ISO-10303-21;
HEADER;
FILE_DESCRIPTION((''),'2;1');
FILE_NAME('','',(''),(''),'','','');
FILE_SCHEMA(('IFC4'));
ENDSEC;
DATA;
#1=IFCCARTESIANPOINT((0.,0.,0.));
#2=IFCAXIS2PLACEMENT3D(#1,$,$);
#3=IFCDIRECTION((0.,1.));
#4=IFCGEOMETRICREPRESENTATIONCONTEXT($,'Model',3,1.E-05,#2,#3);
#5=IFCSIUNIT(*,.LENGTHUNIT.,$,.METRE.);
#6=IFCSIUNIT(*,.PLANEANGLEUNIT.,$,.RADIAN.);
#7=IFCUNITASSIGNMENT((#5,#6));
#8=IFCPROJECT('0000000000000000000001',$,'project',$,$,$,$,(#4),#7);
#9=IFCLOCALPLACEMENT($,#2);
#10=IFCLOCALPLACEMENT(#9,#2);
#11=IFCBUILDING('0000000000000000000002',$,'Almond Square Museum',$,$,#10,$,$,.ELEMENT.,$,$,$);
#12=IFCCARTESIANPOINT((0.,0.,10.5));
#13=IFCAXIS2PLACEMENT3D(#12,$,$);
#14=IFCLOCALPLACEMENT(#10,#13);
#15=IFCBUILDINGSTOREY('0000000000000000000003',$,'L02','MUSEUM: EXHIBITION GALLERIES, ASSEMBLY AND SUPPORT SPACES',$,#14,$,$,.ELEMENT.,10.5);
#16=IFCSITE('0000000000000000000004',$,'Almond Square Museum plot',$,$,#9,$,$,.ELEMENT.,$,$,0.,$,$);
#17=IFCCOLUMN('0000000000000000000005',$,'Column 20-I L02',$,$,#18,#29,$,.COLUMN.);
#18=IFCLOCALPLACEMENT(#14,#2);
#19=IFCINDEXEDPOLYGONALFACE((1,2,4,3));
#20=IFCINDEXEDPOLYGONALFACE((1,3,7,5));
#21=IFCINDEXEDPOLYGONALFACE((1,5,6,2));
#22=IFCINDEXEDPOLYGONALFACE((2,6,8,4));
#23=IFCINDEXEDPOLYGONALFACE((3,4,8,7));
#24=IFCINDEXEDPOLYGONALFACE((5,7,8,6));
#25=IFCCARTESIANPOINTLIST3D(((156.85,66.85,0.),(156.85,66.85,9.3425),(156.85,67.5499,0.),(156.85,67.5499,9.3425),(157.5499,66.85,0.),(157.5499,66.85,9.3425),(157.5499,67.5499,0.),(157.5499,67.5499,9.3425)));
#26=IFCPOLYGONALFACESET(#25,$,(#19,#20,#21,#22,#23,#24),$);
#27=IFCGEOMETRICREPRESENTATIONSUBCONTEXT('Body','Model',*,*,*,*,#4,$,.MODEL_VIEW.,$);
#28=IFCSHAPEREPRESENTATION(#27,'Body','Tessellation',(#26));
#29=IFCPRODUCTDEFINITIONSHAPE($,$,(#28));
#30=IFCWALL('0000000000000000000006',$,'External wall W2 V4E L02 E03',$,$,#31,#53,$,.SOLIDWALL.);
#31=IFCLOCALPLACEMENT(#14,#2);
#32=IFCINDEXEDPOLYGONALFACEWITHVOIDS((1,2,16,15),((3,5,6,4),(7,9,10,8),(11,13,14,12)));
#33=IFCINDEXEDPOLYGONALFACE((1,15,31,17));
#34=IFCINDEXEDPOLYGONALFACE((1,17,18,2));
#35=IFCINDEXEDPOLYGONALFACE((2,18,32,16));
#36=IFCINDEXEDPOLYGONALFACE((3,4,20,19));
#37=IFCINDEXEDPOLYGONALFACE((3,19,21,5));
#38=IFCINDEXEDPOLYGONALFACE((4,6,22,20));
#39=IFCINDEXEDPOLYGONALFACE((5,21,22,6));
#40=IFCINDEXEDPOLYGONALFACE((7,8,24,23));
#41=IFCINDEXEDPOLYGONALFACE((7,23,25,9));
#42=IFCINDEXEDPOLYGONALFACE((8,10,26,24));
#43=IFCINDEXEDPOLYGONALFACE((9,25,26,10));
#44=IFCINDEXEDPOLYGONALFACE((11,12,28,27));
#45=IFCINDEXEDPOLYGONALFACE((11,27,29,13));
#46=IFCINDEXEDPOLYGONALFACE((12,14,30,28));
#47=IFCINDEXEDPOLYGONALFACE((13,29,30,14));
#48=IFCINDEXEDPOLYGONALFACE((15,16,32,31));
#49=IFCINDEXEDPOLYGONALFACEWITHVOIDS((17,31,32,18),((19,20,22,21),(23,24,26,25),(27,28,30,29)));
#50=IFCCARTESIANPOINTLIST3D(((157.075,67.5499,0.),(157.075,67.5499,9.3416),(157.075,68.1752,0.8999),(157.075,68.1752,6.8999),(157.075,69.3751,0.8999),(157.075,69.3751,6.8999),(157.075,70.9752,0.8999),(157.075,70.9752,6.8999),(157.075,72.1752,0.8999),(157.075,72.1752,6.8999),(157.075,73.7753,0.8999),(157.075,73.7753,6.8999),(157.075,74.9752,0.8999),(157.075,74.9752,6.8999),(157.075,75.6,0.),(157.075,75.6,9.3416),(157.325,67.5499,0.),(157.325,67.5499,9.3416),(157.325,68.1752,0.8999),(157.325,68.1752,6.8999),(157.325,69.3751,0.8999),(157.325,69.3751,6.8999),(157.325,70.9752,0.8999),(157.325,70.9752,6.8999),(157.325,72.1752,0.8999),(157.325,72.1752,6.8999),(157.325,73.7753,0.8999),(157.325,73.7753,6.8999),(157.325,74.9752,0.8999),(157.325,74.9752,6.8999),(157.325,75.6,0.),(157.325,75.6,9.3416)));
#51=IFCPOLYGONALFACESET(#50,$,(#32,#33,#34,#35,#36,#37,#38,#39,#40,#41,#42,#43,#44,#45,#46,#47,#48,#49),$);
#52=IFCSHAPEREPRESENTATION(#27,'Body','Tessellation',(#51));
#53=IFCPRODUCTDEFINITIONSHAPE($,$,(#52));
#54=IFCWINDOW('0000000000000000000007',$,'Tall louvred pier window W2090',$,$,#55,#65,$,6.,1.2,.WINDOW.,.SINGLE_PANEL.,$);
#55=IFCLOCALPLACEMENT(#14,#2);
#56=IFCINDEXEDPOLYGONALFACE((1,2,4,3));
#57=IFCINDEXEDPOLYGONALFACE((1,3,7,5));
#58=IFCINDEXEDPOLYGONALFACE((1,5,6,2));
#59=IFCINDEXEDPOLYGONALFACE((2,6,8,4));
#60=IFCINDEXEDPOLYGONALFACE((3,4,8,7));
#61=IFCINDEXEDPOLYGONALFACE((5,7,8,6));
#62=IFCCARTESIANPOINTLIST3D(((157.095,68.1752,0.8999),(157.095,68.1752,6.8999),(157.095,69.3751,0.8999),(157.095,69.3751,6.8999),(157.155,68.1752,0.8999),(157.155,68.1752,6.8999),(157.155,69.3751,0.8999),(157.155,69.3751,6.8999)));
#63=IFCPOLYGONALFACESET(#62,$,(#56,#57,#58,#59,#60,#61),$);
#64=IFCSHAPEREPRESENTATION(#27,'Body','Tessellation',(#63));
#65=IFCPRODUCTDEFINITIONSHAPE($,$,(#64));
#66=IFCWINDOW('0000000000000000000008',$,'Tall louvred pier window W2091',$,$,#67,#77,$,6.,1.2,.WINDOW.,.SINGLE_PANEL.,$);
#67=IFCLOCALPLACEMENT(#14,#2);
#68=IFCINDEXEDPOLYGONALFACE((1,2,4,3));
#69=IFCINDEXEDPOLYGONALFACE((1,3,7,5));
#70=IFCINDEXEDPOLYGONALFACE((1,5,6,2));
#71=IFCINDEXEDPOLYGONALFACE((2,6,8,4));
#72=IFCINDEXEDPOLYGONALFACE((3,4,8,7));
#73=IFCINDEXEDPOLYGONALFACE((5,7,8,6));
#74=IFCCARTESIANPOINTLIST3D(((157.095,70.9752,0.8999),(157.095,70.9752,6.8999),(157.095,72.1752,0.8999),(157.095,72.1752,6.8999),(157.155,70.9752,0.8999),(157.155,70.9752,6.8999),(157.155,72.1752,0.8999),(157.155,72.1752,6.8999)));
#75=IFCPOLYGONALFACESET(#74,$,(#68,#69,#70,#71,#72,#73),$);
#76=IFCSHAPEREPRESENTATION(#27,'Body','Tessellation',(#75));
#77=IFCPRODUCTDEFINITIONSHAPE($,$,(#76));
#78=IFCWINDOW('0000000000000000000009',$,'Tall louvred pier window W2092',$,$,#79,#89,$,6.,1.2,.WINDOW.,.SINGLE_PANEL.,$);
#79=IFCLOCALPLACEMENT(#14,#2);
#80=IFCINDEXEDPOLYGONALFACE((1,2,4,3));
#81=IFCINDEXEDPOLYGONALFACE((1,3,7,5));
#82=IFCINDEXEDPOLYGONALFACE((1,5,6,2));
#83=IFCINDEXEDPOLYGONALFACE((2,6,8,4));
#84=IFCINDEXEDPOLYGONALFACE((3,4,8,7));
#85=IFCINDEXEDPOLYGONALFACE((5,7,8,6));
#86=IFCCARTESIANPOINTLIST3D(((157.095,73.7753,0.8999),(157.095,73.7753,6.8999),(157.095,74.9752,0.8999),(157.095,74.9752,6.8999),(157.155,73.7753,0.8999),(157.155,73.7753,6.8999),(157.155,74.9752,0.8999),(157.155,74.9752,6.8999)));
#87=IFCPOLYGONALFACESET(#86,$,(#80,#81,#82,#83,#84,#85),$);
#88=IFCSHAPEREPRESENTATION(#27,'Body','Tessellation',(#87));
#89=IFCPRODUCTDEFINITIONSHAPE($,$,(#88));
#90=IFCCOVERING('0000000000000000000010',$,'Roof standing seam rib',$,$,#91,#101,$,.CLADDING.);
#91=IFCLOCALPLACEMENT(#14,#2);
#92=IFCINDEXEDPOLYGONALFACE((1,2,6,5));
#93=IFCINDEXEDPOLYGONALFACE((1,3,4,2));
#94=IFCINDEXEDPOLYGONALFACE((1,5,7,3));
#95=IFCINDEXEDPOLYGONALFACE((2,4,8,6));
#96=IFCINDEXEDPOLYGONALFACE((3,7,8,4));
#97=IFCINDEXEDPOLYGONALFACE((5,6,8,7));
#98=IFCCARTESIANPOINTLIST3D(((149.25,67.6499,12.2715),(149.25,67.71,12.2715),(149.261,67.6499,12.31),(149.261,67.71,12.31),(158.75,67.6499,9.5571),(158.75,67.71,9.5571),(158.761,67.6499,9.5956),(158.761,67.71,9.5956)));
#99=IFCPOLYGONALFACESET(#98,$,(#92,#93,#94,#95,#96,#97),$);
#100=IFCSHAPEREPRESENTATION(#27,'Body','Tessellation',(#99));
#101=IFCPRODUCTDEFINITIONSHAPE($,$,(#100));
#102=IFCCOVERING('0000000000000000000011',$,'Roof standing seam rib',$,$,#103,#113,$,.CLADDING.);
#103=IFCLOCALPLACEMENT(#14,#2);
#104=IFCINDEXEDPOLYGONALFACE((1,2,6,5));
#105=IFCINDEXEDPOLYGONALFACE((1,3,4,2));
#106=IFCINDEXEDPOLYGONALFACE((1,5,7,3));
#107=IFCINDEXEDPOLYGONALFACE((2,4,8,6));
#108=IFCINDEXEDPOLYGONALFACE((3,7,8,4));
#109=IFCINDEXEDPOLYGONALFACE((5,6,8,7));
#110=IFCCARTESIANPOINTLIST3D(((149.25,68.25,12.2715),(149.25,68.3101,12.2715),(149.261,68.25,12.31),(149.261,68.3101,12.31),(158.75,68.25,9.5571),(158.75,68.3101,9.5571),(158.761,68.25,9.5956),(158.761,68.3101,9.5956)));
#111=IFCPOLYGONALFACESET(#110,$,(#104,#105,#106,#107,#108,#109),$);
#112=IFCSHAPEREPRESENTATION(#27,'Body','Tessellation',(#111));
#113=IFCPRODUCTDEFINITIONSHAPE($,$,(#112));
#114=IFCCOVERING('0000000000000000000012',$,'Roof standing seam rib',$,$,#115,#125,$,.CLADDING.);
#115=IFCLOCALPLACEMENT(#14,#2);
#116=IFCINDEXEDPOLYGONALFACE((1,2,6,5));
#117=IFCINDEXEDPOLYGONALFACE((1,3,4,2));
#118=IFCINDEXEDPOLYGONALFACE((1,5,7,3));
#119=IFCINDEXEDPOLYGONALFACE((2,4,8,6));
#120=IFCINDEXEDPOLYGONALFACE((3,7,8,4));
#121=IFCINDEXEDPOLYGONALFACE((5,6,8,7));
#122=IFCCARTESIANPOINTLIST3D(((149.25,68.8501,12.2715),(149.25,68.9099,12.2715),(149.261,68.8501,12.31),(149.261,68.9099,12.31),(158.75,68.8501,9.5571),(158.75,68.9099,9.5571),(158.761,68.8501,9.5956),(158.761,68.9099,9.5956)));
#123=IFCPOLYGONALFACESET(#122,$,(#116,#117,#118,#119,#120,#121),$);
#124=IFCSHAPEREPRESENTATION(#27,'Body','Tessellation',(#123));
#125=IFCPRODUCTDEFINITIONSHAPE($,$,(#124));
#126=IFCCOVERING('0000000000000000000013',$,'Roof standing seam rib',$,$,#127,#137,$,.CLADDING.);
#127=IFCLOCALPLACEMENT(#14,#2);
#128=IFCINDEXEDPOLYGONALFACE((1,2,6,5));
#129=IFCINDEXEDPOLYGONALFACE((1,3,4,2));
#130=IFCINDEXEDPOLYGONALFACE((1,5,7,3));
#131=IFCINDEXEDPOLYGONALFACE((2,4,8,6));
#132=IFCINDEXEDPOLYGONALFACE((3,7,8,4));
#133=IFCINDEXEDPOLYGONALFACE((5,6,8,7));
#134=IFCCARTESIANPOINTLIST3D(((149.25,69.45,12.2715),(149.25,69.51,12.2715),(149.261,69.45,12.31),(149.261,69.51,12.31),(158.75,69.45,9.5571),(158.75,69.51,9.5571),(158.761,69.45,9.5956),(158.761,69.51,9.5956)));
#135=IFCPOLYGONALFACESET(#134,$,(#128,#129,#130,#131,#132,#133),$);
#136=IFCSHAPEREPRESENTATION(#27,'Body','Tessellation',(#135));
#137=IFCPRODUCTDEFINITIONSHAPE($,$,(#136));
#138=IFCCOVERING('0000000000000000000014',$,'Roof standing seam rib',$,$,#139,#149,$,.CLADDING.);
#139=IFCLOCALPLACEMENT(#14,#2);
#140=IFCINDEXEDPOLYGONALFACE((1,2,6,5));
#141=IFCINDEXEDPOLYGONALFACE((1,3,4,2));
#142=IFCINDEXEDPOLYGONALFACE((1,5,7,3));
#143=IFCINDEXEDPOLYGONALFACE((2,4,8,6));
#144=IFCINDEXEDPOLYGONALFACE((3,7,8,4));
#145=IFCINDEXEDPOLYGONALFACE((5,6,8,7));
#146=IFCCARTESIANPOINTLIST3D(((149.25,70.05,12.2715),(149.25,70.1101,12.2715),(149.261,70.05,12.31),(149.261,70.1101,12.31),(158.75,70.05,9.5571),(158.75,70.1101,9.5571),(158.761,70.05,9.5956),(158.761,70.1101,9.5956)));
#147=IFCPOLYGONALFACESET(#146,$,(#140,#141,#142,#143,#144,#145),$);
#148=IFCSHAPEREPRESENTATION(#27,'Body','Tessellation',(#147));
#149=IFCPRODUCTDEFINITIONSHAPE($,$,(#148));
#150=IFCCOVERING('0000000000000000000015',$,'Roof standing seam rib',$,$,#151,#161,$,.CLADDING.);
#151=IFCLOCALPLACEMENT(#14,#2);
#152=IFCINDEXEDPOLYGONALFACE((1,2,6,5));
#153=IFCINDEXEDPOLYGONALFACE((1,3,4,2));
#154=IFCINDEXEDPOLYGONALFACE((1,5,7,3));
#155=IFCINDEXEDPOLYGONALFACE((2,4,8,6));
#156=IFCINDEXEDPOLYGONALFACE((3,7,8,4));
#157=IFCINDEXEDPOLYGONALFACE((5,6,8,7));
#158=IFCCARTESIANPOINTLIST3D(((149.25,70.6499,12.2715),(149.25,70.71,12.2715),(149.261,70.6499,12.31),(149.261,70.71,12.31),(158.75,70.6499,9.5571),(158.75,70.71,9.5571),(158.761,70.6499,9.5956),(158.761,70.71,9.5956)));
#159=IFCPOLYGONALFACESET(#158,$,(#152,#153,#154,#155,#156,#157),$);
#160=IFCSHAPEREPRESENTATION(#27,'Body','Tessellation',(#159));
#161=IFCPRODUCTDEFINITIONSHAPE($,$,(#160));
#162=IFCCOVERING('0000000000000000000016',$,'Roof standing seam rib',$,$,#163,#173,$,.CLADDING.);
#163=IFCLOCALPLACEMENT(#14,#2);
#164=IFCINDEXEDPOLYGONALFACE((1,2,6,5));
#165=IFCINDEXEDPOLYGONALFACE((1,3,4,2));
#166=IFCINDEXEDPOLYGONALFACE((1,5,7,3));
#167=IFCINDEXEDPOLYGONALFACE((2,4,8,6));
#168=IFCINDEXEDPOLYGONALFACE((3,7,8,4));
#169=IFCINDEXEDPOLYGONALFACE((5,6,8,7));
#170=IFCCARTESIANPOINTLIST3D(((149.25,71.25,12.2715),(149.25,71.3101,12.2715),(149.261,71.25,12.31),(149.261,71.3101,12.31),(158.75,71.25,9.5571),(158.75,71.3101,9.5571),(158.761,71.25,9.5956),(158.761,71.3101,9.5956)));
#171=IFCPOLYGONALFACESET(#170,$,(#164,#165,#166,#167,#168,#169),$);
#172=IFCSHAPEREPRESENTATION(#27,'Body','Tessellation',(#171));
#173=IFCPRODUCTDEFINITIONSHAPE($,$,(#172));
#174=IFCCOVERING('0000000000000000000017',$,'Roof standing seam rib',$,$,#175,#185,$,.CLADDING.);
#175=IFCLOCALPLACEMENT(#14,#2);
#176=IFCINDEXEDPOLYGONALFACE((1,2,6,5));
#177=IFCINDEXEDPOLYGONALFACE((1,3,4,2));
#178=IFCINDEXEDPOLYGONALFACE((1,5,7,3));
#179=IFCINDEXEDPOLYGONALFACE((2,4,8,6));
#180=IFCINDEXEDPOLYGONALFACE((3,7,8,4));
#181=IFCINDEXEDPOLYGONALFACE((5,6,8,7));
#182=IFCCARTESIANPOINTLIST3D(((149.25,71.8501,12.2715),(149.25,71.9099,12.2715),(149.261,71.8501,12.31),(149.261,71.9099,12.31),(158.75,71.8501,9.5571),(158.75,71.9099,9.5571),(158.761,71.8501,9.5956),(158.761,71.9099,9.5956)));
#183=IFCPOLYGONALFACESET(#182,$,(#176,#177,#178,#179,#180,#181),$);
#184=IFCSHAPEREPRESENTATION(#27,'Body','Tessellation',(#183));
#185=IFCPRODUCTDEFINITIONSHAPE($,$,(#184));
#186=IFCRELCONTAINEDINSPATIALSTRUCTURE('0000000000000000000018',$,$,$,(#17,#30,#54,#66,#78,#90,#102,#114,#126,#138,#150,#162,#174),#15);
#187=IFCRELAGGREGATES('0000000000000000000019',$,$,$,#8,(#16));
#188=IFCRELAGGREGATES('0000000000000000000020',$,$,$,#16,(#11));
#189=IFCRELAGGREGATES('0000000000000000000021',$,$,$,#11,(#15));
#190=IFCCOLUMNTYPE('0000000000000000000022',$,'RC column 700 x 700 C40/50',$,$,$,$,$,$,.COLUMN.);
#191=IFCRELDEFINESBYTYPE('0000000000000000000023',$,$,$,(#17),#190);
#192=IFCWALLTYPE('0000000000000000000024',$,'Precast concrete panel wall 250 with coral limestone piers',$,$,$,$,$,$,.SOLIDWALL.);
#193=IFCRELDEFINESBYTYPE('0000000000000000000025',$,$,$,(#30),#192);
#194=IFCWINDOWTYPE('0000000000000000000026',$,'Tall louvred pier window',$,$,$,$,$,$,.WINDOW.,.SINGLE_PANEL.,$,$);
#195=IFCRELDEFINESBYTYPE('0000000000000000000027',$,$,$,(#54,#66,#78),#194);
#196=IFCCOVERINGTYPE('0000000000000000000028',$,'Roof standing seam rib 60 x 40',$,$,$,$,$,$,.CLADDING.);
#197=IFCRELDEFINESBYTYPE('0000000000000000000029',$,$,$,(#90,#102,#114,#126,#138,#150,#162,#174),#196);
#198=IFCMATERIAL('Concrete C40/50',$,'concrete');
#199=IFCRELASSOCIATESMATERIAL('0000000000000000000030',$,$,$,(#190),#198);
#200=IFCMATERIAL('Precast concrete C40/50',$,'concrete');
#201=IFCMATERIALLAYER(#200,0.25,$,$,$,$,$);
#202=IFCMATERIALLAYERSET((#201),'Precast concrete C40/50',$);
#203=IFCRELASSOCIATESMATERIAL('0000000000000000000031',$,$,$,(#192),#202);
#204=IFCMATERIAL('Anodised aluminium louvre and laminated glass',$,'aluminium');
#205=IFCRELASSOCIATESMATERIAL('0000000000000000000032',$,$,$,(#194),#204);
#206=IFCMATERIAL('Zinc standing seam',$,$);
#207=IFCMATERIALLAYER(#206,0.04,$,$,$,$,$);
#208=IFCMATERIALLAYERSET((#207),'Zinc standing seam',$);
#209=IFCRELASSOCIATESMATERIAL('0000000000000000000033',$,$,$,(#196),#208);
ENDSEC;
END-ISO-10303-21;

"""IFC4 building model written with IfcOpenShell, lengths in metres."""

from ifc_helpers import new_model, si_unit, direction, frame, frame_2d, origin, origin_2d, place, context, subcontext, project, spatial, polyline, rectangle, outline, extrude, material, layer, layer_set, material_profile, profile_set, type_object, element, fill, save


model = new_model("IFC4")

# Units and contexts
model_context = context("Model", 3, precision=1e-05, world=origin(), true_north=direction((0.0, 1.0)))
body_context = subcontext(model_context, "Body", "Model", "MODEL_VIEW")
ifc_project = project(units=[si_unit("LENGTHUNIT", "METRE"), si_unit("PLANEANGLEUNIT", "RADIAN")], contexts=[model_context])

# Site, building, storey
site_placement = place(None, origin())
site = spatial("IfcSite", under=ifc_project, at=site_placement, Name="Almond Square Museum plot", CompositionType="ELEMENT", RefElevation=0.0)
building_placement = place(site_placement, origin())
building = spatial("IfcBuilding", under=site, at=building_placement, Name="Almond Square Museum", CompositionType="ELEMENT")
storey_placement = place(building_placement, frame((0.0, 0.0, 10.5)))
storey = spatial("IfcBuildingStorey", under=building, at=storey_placement, Name="L02", Description="MUSEUM: EXHIBITION GALLERIES, ASSEMBLY AND SUPPORT SPACES", CompositionType="ELEMENT", Elevation=10.5)

# Column
ifc_material_1 = material(Name="Concrete C40/50", Category="concrete")
ifc_material_profile_1 = material_profile(ifc_material_1, rectangle(XDim=0.7, YDim=0.7, at=origin_2d()))
ifc_profile_set_1 = profile_set([ifc_material_profile_1], Name="Concrete C40/50")
column_type = type_object("IfcColumnType", Name="RC column 700 x 700 C40/50", PredefinedType="COLUMN", material=ifc_profile_set_1)
column_placement = place(storey_placement, frame((157.2, 67.2, 0.0), z_axis=(0.0, 0.0, 1.0), x_axis=(1.0, 0.0, 0.0)))
element("IfcColumn", 1, at=column_placement, inside=storey, type_object=column_type, Name="Column 20-I L02", PredefinedType="COLUMN", context=body_context, shape_type="SweptSolid", body=[
    extrude(rectangle(XDim=0.7, YDim=0.7, at=origin_2d()), origin(), (0.0, 0.0, 1.0), 9.3425),
])

# Wall, openings, windows
ifc_material_2 = material(Name="Precast concrete C40/50", Category="concrete")
ifc_layer_1 = layer(ifc_material_2, 0.25)
ifc_layer_set_1 = layer_set([ifc_layer_1], Name="Precast concrete C40/50")
wall_type = type_object("IfcWallType", Name="Precast concrete panel wall 250 with coral limestone piers", PredefinedType="SOLIDWALL", material=ifc_layer_set_1)
wall_placement = place(storey_placement, frame((157.2, 67.55, 0.0), z_axis=(0.0, 0.0, 1.0), x_axis=(0.0, 1.0, 0.0)))
wall = element("IfcWall", 2, at=wall_placement, inside=storey, type_object=wall_type, Name="External wall W2 V4E L02 E03", PredefinedType="SOLIDWALL", context=body_context, shape_type="SweptSolid", body=[
    extrude(rectangle(XDim=8.05, YDim=0.25, at=frame_2d((4.0249, 0.0))), origin(), (0.0, 0.0, 1.0), 9.3416),
])
opening_1_placement = place(wall_placement, frame((0.625, 0.0, 0.8999)))
opening_1 = element("IfcOpeningElement", 3, at=opening_1_placement, cuts=wall, PredefinedType="OPENING", context=body_context, shape_type="SweptSolid", body=[
    extrude(rectangle(XDim=1.2, YDim=6.0, at=frame_2d((0.6001, 3.0))), frame((0.0, 0.135, 0.0), z_axis=(0.0, -1.0, 0.0), x_axis=(1.0, 0.0, 0.0)), (0.0, 0.0, 1.0), 0.27),
])
opening_2_placement = place(wall_placement, frame((3.425, 0.0, 0.8999)))
opening_2 = element("IfcOpeningElement", 4, at=opening_2_placement, cuts=wall, PredefinedType="OPENING", context=body_context, shape_type="SweptSolid", body=[
    extrude(rectangle(XDim=1.2, YDim=6.0, at=frame_2d((0.6001, 3.0))), frame((0.0, 0.135, 0.0), z_axis=(0.0, -1.0, 0.0), x_axis=(1.0, 0.0, 0.0)), (0.0, 0.0, 1.0), 0.27),
])
opening_3_placement = place(wall_placement, frame((6.2251, 0.0, 0.8999)))
opening_3 = element("IfcOpeningElement", 5, at=opening_3_placement, cuts=wall, PredefinedType="OPENING", context=body_context, shape_type="SweptSolid", body=[
    extrude(rectangle(XDim=1.2, YDim=6.0, at=frame_2d((0.6001, 3.0))), frame((0.0, 0.135, 0.0), z_axis=(0.0, -1.0, 0.0), x_axis=(1.0, 0.0, 0.0)), (0.0, 0.0, 1.0), 0.27),
])
ifc_material_3 = material(Name="Anodised aluminium louvre and laminated glass", Category="aluminium")
window_type = type_object("IfcWindowType", Name="Tall louvred pier window", PartitioningType="SINGLE_PANEL", PredefinedType="WINDOW", material=ifc_material_3)
window_1_placement = place(opening_1_placement, origin())
window_1 = element("IfcWindow", 6, at=window_1_placement, inside=storey, type_object=window_type, Name="Tall louvred pier window W2090", OverallHeight=6.0, OverallWidth=1.2, PartitioningType="SINGLE_PANEL", PredefinedType="WINDOW", context=body_context, shape_type="SweptSolid", body=[
    extrude(rectangle(XDim=1.2, YDim=6.0, at=frame_2d((0.6001, 3.0))), frame((0.0, 0.105, 0.0), z_axis=(0.0, -1.0, 0.0), x_axis=(1.0, 0.0, 0.0)), (0.0, 0.0, 1.0), 0.0601),
])
fill(opening_1, window_1)
window_2_placement = place(opening_2_placement, origin())
window_2 = element("IfcWindow", 7, at=window_2_placement, inside=storey, type_object=window_type, Name="Tall louvred pier window W2091", OverallHeight=6.0, OverallWidth=1.2, PartitioningType="SINGLE_PANEL", PredefinedType="WINDOW", context=body_context, shape_type="SweptSolid", body=[
    extrude(rectangle(XDim=1.2, YDim=6.0, at=frame_2d((0.6001, 3.0))), frame((0.0, 0.105, 0.0), z_axis=(0.0, -1.0, 0.0), x_axis=(1.0, 0.0, 0.0)), (0.0, 0.0, 1.0), 0.0601),
])
fill(opening_2, window_2)
window_3_placement = place(opening_3_placement, origin())
window_3 = element("IfcWindow", 8, at=window_3_placement, inside=storey, type_object=window_type, Name="Tall louvred pier window W2092", OverallHeight=6.0, OverallWidth=1.2, PartitioningType="SINGLE_PANEL", PredefinedType="WINDOW", context=body_context, shape_type="SweptSolid", body=[
    extrude(rectangle(XDim=1.2, YDim=6.0, at=frame_2d((0.6001, 3.0))), frame((0.0, 0.105, 0.0), z_axis=(0.0, -1.0, 0.0), x_axis=(1.0, 0.0, 0.0)), (0.0, 0.0, 1.0), 0.0601),
])
fill(opening_3, window_3)

# Coverings
ifc_material_4 = material(Name="Zinc standing seam")
ifc_layer_2 = layer(ifc_material_4, 0.04)
ifc_layer_set_2 = layer_set([ifc_layer_2], Name="Zinc standing seam")
covering_type = type_object("IfcCoveringType", Name="Roof standing seam rib 60 x 40", PredefinedType="CLADDING", material=ifc_layer_set_2)
for number, where, z_axis, x_axis, name in (
    (9, (158.75, 67.71, 9.5571), (0.274728, 0.0, 0.961522), (-0.961522, 0.0, 0.274728), "Roof standing seam rib"),
    (10, (158.75, 68.3101, 9.5571), (0.274728, 0.0, 0.961522), (-0.961522, 0.0, 0.274728), "Roof standing seam rib"),
):
    element("IfcCovering", number, at=place(storey_placement, frame(where, z_axis=z_axis, x_axis=x_axis)), inside=storey, type_object=covering_type, Name=name, PredefinedType="CLADDING", context=body_context, shape_type="SweptSolid", body=[
        extrude(outline(polyline([(0.0, 0.0), (9.8802, 0.0), (9.8802, 0.0601), (0.0, 0.0601), (0.0, 0.0)])), origin(), (0.0, 0.0, 1.0), 0.04),
    ])
covering_1_placement = place(storey_placement, frame((158.75, 68.9099, 9.5571), z_axis=(0.274728, 0.0, 0.961522), x_axis=(-0.961522, 0.0, 0.274728)))
element("IfcCovering", 11, at=covering_1_placement, inside=storey, type_object=covering_type, Name="Roof standing seam rib", PredefinedType="CLADDING", context=body_context, shape_type="SweptSolid", body=[
    extrude(outline(polyline([(0.0, 0.0), (9.8802, 0.0), (9.8802, 0.0598), (0.0, 0.0598), (0.0, 0.0)])), origin(), (0.0, 0.0, 1.0), 0.04),
])
for number, where, z_axis, x_axis, name in (
    (12, (158.75, 69.51, 9.5571), (0.274728, 0.0, 0.961522), (-0.961522, 0.0, 0.274728), "Roof standing seam rib"),
    (13, (158.75, 70.1101, 9.5571), (0.274728, 0.0, 0.961522), (-0.961522, 0.0, 0.274728), "Roof standing seam rib"),
    (14, (158.75, 70.71, 9.5571), (0.274728, 0.0, 0.961522), (-0.961522, 0.0, 0.274728), "Roof standing seam rib"),
    (15, (158.75, 71.3101, 9.5571), (0.274728, 0.0, 0.961522), (-0.961522, 0.0, 0.274728), "Roof standing seam rib"),
):
    element("IfcCovering", number, at=place(storey_placement, frame(where, z_axis=z_axis, x_axis=x_axis)), inside=storey, type_object=covering_type, Name=name, PredefinedType="CLADDING", context=body_context, shape_type="SweptSolid", body=[
        extrude(outline(polyline([(0.0, 0.0), (9.8802, 0.0), (9.8802, 0.0601), (0.0, 0.0601), (0.0, 0.0)])), origin(), (0.0, 0.0, 1.0), 0.04),
    ])
covering_2_placement = place(storey_placement, frame((158.75, 71.9099, 9.5571), z_axis=(0.274728, 0.0, 0.961522), x_axis=(-0.961522, 0.0, 0.274728)))
element("IfcCovering", 16, at=covering_2_placement, inside=storey, type_object=covering_type, Name="Roof standing seam rib", PredefinedType="CLADDING", context=body_context, shape_type="SweptSolid", body=[
    extrude(outline(polyline([(0.0, 0.0), (9.8802, 0.0), (9.8802, 0.0598), (0.0, 0.0598), (0.0, 0.0)])), origin(), (0.0, 0.0, 1.0), 0.04),
])

save(model, "model.ifc")
